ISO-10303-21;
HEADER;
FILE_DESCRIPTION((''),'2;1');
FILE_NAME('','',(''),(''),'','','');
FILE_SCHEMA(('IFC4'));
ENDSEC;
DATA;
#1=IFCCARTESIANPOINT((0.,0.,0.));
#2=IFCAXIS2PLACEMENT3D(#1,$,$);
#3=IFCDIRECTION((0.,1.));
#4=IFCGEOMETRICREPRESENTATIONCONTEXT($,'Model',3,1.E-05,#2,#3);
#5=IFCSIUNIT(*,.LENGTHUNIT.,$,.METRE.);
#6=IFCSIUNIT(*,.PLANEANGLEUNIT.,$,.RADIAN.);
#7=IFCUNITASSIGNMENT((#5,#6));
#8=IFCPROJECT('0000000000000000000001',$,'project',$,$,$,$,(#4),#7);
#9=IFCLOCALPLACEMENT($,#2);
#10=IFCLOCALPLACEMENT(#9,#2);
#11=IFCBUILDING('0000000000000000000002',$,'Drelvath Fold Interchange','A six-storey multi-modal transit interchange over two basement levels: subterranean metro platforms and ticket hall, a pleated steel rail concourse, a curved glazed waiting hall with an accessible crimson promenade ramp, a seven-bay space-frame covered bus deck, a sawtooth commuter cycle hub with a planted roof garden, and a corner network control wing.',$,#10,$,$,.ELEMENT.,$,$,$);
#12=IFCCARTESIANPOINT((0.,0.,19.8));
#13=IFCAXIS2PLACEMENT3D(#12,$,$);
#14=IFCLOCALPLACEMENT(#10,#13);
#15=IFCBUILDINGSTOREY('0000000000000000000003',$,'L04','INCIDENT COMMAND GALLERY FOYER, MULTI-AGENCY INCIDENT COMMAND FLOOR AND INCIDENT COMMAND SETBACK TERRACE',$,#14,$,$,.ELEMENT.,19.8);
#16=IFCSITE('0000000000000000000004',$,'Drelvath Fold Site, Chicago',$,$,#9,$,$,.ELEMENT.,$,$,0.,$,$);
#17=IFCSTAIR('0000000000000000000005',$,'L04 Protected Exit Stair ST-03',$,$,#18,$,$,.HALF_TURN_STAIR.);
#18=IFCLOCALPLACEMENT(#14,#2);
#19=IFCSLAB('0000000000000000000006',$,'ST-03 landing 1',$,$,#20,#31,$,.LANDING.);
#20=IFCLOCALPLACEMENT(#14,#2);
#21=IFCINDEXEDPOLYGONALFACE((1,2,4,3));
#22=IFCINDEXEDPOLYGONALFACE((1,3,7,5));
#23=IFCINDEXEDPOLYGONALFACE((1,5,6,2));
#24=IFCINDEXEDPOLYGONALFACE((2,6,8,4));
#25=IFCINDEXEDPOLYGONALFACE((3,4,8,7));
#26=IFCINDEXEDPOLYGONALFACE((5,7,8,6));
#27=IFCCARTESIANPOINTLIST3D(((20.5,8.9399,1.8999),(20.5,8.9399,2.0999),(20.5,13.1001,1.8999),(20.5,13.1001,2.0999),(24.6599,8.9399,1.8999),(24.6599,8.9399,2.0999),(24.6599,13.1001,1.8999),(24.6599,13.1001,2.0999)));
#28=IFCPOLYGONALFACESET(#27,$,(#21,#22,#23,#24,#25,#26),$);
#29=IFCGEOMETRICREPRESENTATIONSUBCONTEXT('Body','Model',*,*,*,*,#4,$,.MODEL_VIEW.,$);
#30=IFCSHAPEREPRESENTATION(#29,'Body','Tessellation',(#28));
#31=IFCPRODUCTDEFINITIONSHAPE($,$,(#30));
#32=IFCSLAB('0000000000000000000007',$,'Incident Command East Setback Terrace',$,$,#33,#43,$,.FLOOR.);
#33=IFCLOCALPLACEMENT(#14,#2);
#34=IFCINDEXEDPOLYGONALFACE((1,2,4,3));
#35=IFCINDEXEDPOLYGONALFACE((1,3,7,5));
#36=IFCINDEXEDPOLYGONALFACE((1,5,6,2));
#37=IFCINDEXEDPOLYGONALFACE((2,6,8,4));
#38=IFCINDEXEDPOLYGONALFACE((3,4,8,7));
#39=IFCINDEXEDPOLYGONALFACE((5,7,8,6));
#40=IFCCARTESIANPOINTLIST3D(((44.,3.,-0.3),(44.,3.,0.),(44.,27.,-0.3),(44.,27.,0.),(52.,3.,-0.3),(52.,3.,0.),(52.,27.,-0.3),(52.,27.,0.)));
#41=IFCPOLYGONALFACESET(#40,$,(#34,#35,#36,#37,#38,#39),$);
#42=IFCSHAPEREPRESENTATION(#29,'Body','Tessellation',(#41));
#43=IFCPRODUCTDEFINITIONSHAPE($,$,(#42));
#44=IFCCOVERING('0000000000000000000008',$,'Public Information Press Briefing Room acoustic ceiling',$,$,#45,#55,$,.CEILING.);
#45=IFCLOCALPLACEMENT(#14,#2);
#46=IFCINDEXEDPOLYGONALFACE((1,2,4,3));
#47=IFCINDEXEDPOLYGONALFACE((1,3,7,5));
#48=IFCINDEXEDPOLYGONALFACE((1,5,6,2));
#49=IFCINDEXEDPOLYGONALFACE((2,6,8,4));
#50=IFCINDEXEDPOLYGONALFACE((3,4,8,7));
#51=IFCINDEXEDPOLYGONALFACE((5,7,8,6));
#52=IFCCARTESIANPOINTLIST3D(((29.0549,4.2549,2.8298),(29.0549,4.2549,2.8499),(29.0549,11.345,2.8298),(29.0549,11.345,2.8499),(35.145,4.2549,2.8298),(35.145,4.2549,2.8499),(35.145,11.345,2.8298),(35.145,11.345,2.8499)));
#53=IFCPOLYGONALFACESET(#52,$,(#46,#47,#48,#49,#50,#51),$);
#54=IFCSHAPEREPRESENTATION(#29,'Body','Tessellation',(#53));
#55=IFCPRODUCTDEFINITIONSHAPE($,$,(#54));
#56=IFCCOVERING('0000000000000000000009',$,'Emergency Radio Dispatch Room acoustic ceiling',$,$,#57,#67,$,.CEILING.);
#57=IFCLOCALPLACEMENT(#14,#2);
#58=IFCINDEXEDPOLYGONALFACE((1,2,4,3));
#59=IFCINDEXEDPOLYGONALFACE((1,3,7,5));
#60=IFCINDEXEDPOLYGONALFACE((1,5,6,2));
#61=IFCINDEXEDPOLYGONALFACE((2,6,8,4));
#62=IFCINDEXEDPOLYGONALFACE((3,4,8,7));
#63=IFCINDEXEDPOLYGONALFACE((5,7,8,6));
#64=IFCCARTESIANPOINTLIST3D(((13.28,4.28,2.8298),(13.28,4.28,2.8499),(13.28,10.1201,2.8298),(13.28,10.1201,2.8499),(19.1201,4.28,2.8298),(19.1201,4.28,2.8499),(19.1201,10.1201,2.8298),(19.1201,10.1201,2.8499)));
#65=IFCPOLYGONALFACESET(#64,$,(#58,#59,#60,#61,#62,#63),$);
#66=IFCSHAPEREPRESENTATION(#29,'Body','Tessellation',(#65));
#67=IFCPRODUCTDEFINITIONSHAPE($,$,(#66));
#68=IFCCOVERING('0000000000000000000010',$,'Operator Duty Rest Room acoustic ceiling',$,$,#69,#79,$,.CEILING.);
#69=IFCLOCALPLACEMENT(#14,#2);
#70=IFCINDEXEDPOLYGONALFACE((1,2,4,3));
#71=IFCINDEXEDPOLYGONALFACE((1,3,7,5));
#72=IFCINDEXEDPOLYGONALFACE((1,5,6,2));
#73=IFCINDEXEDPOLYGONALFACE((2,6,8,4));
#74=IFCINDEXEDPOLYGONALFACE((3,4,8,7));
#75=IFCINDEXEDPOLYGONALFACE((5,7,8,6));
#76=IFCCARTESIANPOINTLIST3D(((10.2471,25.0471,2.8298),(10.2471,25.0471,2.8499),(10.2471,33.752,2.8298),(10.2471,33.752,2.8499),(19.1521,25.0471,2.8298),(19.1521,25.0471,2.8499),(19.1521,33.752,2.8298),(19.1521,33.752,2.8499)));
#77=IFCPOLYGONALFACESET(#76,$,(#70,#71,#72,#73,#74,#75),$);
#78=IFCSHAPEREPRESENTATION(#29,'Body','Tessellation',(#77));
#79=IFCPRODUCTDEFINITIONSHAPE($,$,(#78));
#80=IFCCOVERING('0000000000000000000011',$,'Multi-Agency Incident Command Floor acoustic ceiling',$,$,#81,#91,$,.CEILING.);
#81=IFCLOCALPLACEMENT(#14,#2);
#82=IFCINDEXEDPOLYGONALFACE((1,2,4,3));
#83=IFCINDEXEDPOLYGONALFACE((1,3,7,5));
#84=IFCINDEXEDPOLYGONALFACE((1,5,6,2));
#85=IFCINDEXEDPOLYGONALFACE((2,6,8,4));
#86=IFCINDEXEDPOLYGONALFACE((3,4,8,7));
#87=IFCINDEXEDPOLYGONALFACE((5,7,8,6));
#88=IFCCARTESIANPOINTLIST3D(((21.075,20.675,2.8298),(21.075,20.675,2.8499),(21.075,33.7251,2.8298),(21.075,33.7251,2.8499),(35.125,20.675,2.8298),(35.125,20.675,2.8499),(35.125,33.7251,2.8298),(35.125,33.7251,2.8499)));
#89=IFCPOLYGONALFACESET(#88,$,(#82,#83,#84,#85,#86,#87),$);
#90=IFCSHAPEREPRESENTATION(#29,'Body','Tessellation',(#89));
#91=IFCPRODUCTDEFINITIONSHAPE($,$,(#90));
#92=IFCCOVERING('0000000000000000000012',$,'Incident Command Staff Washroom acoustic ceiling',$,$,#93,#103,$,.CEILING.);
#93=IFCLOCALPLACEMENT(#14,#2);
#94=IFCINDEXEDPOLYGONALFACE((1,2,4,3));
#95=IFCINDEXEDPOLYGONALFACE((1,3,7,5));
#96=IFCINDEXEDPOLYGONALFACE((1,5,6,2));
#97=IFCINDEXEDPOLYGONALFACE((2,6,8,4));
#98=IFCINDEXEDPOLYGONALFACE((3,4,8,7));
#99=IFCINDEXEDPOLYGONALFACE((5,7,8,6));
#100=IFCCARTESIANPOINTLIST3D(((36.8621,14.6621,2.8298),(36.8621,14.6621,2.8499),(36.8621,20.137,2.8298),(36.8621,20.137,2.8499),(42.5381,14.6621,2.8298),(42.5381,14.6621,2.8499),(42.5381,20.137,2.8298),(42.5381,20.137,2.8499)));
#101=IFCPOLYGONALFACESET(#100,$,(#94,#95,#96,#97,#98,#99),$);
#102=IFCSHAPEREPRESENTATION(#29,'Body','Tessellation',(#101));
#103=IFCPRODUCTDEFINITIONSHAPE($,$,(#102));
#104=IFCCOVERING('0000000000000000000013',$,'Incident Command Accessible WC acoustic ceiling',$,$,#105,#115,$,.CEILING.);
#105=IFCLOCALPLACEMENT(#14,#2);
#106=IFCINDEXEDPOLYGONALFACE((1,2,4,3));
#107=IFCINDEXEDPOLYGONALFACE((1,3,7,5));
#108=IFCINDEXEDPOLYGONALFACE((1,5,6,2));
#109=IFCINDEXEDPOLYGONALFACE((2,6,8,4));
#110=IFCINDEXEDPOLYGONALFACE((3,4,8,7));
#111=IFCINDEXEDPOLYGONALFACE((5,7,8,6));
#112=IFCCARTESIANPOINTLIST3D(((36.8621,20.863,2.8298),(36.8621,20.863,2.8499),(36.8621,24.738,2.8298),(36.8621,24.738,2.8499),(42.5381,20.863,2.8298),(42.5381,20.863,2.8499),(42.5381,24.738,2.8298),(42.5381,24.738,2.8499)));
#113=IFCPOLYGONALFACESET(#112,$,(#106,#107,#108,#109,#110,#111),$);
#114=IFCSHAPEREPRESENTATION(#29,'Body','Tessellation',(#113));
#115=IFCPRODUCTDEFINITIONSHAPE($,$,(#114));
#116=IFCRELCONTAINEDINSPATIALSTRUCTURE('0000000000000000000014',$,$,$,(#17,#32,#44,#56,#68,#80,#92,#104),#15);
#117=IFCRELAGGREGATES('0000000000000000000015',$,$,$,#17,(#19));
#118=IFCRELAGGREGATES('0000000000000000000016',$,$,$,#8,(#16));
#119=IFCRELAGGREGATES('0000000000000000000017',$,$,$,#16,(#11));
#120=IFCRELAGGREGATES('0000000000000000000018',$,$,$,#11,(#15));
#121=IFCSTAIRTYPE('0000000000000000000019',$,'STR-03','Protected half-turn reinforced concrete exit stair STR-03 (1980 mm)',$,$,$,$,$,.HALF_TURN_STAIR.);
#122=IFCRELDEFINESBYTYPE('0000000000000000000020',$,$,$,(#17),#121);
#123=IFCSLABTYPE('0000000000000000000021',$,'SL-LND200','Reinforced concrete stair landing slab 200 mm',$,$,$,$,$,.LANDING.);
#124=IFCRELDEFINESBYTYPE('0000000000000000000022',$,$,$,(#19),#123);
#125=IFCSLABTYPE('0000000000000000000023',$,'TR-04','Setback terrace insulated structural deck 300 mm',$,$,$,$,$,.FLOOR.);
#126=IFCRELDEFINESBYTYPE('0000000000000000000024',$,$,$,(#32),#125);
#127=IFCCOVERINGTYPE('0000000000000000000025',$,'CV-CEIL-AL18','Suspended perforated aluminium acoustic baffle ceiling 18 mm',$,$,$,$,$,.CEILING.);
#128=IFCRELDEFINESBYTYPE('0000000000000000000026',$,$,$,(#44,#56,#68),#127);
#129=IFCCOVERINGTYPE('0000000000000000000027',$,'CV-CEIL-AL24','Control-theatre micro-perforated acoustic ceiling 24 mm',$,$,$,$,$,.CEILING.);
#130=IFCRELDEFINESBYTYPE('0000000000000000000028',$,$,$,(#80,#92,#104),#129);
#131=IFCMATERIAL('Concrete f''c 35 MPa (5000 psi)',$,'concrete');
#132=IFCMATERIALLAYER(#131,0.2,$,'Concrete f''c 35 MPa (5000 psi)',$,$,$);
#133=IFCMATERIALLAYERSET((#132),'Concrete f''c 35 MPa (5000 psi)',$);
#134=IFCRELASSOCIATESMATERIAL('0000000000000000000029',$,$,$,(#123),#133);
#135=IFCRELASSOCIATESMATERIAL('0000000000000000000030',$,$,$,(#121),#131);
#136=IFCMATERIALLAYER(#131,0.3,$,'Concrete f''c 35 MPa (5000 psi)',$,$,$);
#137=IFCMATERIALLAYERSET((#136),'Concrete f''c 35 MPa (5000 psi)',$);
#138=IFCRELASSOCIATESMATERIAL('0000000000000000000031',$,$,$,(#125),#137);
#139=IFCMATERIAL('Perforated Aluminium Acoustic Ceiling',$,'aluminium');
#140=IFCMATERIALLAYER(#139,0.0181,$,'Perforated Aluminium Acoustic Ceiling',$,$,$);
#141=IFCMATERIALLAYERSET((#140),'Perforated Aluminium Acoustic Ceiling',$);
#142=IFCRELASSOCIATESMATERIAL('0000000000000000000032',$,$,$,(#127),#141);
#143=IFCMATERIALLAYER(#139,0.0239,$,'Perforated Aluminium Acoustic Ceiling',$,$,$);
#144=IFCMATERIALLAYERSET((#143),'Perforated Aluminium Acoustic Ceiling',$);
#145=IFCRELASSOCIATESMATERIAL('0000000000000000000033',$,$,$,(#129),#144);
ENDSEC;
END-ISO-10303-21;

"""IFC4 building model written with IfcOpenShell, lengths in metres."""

from ifc_helpers import new_model, si_unit, direction, frame, origin, place, context, subcontext, project, spatial, polyline, outline, extrude, material, layer, layer_set, type_object, element, aggregate, save


model = new_model("IFC4")

# Units and contexts
model_context = context("Model", 3, precision=1e-05, world=origin(), true_north=direction((0.0, 1.0)))
body_context = subcontext(model_context, "Body", "Model", "MODEL_VIEW")
ifc_project = project(units=[si_unit("LENGTHUNIT", "METRE"), si_unit("PLANEANGLEUNIT", "RADIAN")], contexts=[model_context])

# Site, building, storey
site_placement = place(None, origin())
site = spatial("IfcSite", under=ifc_project, at=site_placement, Name="Drelvath Fold Site, Chicago", CompositionType="ELEMENT", RefElevation=0.0)
building_placement = place(site_placement, origin())
building = spatial("IfcBuilding", under=site, at=building_placement, Name="Drelvath Fold Interchange", Description="A six-storey multi-modal transit interchange over two basement levels: subterranean metro platforms and ticket hall, a pleated steel rail concourse, a curved glazed waiting hall with an accessible crimson promenade ramp, a seven-bay space-frame covered bus deck, a sawtooth commuter cycle hub with a planted roof garden, and a corner network control wing.", CompositionType="ELEMENT")
storey_placement = place(building_placement, frame((0.0, 0.0, 19.8)))
storey = spatial("IfcBuildingStorey", under=building, at=storey_placement, Name="L04", Description="INCIDENT COMMAND GALLERY FOYER, MULTI-AGENCY INCIDENT COMMAND FLOOR AND INCIDENT COMMAND SETBACK TERRACE", CompositionType="ELEMENT", Elevation=19.8)

# Shared definitions
ifc_material_1 = material(Name="Concrete f'c 35 MPa (5000 psi)", Category="concrete")

# Stair, slab
ifc_layer_1 = layer(ifc_material_1, 0.2, Name="Concrete f'c 35 MPa (5000 psi)")
ifc_layer_set_1 = layer_set([ifc_layer_1], Name="Concrete f'c 35 MPa (5000 psi)")
slab_type_1 = type_object("IfcSlabType", Name="SL-LND200", Description="Reinforced concrete stair landing slab 200 mm", PredefinedType="LANDING", material=ifc_layer_set_1)
stair_type_1 = type_object("IfcStairType", Name="STR-03", Description="Protected half-turn reinforced concrete exit stair STR-03 (1980 mm)", PredefinedType="HALF_TURN_STAIR", material=ifc_material_1)
stair_1_placement = place(storey_placement, origin())
stair_1 = element("IfcStair", 1, at=stair_1_placement, inside=storey, type_object=stair_type_1, Name="L04 Protected Exit Stair ST-03", PredefinedType="HALF_TURN_STAIR")
slab_1_placement = place(storey_placement, frame((0.0, 0.0, 1.8999)))
slab_1 = element("IfcSlab", 2, at=slab_1_placement, type_object=slab_type_1, Name="ST-03 landing 1", PredefinedType="LANDING", context=body_context, shape_type="SweptSolid", body=[
    extrude(outline(polyline([(24.6599, 8.9399), (24.6599, 13.1001), (20.5, 13.1001), (20.5, 8.9399), (24.6599, 8.9399)])), origin(), (0.0, 0.0, 1.0), 0.2),
])
aggregate(stair_1, [slab_1])

# Slab
ifc_layer_2 = layer(ifc_material_1, 0.3, Name="Concrete f'c 35 MPa (5000 psi)")
ifc_layer_set_2 = layer_set([ifc_layer_2], Name="Concrete f'c 35 MPa (5000 psi)")
slab_type_2 = type_object("IfcSlabType", Name="TR-04", Description="Setback terrace insulated structural deck 300 mm", PredefinedType="FLOOR", material=ifc_layer_set_2)
slab_2_placement = place(storey_placement, frame((0.0, 0.0, -0.3)))
element("IfcSlab", 3, at=slab_2_placement, inside=storey, type_object=slab_type_2, Name="Incident Command East Setback Terrace", PredefinedType="FLOOR", context=body_context, shape_type="SweptSolid", body=[
    extrude(outline(polyline([(44.0, 3.0), (52.0, 3.0), (52.0, 27.0), (44.0, 27.0), (44.0, 3.0)])), origin(), (0.0, 0.0, 1.0), 0.3),
])

# Coverings
ifc_material_2 = material(Name="Perforated Aluminium Acoustic Ceiling", Category="aluminium")
ifc_layer_3 = layer(ifc_material_2, 0.0181, Name="Perforated Aluminium Acoustic Ceiling")
ifc_layer_set_3 = layer_set([ifc_layer_3], Name="Perforated Aluminium Acoustic Ceiling")
covering_type_1 = type_object("IfcCoveringType", Name="CV-CEIL-AL18", Description="Suspended perforated aluminium acoustic baffle ceiling 18 mm", PredefinedType="CEILING", material=ifc_layer_set_3)
covering_1_placement = place(storey_placement, frame((0.0, 0.0, 2.8298)))
element("IfcCovering", 4, at=covering_1_placement, inside=storey, type_object=covering_type_1, Name="Public Information Press Briefing Room acoustic ceiling", PredefinedType="CEILING", context=body_context, shape_type="SweptSolid", body=[
    extrude(outline(polyline([(29.0549, 4.2549), (35.145, 4.2549), (35.145, 11.345), (29.0549, 11.345), (29.0549, 4.2549)])), origin(), (0.0, 0.0, 1.0), 0.02),
])
covering_2_placement = place(storey_placement, frame((0.0, 0.0, 2.8298)))
element("IfcCovering", 5, at=covering_2_placement, inside=storey, type_object=covering_type_1, Name="Emergency Radio Dispatch Room acoustic ceiling", PredefinedType="CEILING", context=body_context, shape_type="SweptSolid", body=[
    extrude(outline(polyline([(13.28, 4.28), (19.1201, 4.28), (19.1201, 10.1201), (13.28, 10.1201), (13.28, 4.28)])), origin(), (0.0, 0.0, 1.0), 0.02),
])
covering_3_placement = place(storey_placement, frame((0.0, 0.0, 2.8298)))
element("IfcCovering", 6, at=covering_3_placement, inside=storey, type_object=covering_type_1, Name="Operator Duty Rest Room acoustic ceiling", PredefinedType="CEILING", context=body_context, shape_type="SweptSolid", body=[
    extrude(outline(polyline([(10.2471, 25.0471), (19.1521, 25.0471), (19.1521, 33.752), (10.2471, 33.752), (10.2471, 25.0471)])), origin(), (0.0, 0.0, 1.0), 0.02),
])
ifc_layer_4 = layer(ifc_material_2, 0.0239, Name="Perforated Aluminium Acoustic Ceiling")
ifc_layer_set_4 = layer_set([ifc_layer_4], Name="Perforated Aluminium Acoustic Ceiling")
covering_type_2 = type_object("IfcCoveringType", Name="CV-CEIL-AL24", Description="Control-theatre micro-perforated acoustic ceiling 24 mm", PredefinedType="CEILING", material=ifc_layer_set_4)
covering_4_placement = place(storey_placement, frame((0.0, 0.0, 2.8298)))
element("IfcCovering", 7, at=covering_4_placement, inside=storey, type_object=covering_type_2, Name="Multi-Agency Incident Command Floor acoustic ceiling", PredefinedType="CEILING", context=body_context, shape_type="SweptSolid", body=[
    extrude(outline(polyline([(21.075, 20.675), (35.125, 20.675), (35.125, 33.7251), (21.075, 33.7251), (21.075, 20.675)])), origin(), (0.0, 0.0, 1.0), 0.02),
])
covering_5_placement = place(storey_placement, frame((0.0, 0.0, 2.8298)))
element("IfcCovering", 8, at=covering_5_placement, inside=storey, type_object=covering_type_2, Name="Incident Command Staff Washroom acoustic ceiling", PredefinedType="CEILING", context=body_context, shape_type="SweptSolid", body=[
    extrude(outline(polyline([(36.8621, 14.6621), (42.5381, 14.6621), (42.5381, 20.137), (36.8621, 20.137), (36.8621, 14.6621)])), origin(), (0.0, 0.0, 1.0), 0.02),
])
covering_6_placement = place(storey_placement, frame((0.0, 0.0, 2.8298)))
element("IfcCovering", 9, at=covering_6_placement, inside=storey, type_object=covering_type_2, Name="Incident Command Accessible WC acoustic ceiling", PredefinedType="CEILING", context=body_context, shape_type="SweptSolid", body=[
    extrude(outline(polyline([(36.8621, 20.863), (42.5381, 20.863), (42.5381, 24.738), (36.8621, 24.738), (36.8621, 20.863)])), origin(), (0.0, 0.0, 1.0), 0.02),
])

save(model, "model.ifc")
